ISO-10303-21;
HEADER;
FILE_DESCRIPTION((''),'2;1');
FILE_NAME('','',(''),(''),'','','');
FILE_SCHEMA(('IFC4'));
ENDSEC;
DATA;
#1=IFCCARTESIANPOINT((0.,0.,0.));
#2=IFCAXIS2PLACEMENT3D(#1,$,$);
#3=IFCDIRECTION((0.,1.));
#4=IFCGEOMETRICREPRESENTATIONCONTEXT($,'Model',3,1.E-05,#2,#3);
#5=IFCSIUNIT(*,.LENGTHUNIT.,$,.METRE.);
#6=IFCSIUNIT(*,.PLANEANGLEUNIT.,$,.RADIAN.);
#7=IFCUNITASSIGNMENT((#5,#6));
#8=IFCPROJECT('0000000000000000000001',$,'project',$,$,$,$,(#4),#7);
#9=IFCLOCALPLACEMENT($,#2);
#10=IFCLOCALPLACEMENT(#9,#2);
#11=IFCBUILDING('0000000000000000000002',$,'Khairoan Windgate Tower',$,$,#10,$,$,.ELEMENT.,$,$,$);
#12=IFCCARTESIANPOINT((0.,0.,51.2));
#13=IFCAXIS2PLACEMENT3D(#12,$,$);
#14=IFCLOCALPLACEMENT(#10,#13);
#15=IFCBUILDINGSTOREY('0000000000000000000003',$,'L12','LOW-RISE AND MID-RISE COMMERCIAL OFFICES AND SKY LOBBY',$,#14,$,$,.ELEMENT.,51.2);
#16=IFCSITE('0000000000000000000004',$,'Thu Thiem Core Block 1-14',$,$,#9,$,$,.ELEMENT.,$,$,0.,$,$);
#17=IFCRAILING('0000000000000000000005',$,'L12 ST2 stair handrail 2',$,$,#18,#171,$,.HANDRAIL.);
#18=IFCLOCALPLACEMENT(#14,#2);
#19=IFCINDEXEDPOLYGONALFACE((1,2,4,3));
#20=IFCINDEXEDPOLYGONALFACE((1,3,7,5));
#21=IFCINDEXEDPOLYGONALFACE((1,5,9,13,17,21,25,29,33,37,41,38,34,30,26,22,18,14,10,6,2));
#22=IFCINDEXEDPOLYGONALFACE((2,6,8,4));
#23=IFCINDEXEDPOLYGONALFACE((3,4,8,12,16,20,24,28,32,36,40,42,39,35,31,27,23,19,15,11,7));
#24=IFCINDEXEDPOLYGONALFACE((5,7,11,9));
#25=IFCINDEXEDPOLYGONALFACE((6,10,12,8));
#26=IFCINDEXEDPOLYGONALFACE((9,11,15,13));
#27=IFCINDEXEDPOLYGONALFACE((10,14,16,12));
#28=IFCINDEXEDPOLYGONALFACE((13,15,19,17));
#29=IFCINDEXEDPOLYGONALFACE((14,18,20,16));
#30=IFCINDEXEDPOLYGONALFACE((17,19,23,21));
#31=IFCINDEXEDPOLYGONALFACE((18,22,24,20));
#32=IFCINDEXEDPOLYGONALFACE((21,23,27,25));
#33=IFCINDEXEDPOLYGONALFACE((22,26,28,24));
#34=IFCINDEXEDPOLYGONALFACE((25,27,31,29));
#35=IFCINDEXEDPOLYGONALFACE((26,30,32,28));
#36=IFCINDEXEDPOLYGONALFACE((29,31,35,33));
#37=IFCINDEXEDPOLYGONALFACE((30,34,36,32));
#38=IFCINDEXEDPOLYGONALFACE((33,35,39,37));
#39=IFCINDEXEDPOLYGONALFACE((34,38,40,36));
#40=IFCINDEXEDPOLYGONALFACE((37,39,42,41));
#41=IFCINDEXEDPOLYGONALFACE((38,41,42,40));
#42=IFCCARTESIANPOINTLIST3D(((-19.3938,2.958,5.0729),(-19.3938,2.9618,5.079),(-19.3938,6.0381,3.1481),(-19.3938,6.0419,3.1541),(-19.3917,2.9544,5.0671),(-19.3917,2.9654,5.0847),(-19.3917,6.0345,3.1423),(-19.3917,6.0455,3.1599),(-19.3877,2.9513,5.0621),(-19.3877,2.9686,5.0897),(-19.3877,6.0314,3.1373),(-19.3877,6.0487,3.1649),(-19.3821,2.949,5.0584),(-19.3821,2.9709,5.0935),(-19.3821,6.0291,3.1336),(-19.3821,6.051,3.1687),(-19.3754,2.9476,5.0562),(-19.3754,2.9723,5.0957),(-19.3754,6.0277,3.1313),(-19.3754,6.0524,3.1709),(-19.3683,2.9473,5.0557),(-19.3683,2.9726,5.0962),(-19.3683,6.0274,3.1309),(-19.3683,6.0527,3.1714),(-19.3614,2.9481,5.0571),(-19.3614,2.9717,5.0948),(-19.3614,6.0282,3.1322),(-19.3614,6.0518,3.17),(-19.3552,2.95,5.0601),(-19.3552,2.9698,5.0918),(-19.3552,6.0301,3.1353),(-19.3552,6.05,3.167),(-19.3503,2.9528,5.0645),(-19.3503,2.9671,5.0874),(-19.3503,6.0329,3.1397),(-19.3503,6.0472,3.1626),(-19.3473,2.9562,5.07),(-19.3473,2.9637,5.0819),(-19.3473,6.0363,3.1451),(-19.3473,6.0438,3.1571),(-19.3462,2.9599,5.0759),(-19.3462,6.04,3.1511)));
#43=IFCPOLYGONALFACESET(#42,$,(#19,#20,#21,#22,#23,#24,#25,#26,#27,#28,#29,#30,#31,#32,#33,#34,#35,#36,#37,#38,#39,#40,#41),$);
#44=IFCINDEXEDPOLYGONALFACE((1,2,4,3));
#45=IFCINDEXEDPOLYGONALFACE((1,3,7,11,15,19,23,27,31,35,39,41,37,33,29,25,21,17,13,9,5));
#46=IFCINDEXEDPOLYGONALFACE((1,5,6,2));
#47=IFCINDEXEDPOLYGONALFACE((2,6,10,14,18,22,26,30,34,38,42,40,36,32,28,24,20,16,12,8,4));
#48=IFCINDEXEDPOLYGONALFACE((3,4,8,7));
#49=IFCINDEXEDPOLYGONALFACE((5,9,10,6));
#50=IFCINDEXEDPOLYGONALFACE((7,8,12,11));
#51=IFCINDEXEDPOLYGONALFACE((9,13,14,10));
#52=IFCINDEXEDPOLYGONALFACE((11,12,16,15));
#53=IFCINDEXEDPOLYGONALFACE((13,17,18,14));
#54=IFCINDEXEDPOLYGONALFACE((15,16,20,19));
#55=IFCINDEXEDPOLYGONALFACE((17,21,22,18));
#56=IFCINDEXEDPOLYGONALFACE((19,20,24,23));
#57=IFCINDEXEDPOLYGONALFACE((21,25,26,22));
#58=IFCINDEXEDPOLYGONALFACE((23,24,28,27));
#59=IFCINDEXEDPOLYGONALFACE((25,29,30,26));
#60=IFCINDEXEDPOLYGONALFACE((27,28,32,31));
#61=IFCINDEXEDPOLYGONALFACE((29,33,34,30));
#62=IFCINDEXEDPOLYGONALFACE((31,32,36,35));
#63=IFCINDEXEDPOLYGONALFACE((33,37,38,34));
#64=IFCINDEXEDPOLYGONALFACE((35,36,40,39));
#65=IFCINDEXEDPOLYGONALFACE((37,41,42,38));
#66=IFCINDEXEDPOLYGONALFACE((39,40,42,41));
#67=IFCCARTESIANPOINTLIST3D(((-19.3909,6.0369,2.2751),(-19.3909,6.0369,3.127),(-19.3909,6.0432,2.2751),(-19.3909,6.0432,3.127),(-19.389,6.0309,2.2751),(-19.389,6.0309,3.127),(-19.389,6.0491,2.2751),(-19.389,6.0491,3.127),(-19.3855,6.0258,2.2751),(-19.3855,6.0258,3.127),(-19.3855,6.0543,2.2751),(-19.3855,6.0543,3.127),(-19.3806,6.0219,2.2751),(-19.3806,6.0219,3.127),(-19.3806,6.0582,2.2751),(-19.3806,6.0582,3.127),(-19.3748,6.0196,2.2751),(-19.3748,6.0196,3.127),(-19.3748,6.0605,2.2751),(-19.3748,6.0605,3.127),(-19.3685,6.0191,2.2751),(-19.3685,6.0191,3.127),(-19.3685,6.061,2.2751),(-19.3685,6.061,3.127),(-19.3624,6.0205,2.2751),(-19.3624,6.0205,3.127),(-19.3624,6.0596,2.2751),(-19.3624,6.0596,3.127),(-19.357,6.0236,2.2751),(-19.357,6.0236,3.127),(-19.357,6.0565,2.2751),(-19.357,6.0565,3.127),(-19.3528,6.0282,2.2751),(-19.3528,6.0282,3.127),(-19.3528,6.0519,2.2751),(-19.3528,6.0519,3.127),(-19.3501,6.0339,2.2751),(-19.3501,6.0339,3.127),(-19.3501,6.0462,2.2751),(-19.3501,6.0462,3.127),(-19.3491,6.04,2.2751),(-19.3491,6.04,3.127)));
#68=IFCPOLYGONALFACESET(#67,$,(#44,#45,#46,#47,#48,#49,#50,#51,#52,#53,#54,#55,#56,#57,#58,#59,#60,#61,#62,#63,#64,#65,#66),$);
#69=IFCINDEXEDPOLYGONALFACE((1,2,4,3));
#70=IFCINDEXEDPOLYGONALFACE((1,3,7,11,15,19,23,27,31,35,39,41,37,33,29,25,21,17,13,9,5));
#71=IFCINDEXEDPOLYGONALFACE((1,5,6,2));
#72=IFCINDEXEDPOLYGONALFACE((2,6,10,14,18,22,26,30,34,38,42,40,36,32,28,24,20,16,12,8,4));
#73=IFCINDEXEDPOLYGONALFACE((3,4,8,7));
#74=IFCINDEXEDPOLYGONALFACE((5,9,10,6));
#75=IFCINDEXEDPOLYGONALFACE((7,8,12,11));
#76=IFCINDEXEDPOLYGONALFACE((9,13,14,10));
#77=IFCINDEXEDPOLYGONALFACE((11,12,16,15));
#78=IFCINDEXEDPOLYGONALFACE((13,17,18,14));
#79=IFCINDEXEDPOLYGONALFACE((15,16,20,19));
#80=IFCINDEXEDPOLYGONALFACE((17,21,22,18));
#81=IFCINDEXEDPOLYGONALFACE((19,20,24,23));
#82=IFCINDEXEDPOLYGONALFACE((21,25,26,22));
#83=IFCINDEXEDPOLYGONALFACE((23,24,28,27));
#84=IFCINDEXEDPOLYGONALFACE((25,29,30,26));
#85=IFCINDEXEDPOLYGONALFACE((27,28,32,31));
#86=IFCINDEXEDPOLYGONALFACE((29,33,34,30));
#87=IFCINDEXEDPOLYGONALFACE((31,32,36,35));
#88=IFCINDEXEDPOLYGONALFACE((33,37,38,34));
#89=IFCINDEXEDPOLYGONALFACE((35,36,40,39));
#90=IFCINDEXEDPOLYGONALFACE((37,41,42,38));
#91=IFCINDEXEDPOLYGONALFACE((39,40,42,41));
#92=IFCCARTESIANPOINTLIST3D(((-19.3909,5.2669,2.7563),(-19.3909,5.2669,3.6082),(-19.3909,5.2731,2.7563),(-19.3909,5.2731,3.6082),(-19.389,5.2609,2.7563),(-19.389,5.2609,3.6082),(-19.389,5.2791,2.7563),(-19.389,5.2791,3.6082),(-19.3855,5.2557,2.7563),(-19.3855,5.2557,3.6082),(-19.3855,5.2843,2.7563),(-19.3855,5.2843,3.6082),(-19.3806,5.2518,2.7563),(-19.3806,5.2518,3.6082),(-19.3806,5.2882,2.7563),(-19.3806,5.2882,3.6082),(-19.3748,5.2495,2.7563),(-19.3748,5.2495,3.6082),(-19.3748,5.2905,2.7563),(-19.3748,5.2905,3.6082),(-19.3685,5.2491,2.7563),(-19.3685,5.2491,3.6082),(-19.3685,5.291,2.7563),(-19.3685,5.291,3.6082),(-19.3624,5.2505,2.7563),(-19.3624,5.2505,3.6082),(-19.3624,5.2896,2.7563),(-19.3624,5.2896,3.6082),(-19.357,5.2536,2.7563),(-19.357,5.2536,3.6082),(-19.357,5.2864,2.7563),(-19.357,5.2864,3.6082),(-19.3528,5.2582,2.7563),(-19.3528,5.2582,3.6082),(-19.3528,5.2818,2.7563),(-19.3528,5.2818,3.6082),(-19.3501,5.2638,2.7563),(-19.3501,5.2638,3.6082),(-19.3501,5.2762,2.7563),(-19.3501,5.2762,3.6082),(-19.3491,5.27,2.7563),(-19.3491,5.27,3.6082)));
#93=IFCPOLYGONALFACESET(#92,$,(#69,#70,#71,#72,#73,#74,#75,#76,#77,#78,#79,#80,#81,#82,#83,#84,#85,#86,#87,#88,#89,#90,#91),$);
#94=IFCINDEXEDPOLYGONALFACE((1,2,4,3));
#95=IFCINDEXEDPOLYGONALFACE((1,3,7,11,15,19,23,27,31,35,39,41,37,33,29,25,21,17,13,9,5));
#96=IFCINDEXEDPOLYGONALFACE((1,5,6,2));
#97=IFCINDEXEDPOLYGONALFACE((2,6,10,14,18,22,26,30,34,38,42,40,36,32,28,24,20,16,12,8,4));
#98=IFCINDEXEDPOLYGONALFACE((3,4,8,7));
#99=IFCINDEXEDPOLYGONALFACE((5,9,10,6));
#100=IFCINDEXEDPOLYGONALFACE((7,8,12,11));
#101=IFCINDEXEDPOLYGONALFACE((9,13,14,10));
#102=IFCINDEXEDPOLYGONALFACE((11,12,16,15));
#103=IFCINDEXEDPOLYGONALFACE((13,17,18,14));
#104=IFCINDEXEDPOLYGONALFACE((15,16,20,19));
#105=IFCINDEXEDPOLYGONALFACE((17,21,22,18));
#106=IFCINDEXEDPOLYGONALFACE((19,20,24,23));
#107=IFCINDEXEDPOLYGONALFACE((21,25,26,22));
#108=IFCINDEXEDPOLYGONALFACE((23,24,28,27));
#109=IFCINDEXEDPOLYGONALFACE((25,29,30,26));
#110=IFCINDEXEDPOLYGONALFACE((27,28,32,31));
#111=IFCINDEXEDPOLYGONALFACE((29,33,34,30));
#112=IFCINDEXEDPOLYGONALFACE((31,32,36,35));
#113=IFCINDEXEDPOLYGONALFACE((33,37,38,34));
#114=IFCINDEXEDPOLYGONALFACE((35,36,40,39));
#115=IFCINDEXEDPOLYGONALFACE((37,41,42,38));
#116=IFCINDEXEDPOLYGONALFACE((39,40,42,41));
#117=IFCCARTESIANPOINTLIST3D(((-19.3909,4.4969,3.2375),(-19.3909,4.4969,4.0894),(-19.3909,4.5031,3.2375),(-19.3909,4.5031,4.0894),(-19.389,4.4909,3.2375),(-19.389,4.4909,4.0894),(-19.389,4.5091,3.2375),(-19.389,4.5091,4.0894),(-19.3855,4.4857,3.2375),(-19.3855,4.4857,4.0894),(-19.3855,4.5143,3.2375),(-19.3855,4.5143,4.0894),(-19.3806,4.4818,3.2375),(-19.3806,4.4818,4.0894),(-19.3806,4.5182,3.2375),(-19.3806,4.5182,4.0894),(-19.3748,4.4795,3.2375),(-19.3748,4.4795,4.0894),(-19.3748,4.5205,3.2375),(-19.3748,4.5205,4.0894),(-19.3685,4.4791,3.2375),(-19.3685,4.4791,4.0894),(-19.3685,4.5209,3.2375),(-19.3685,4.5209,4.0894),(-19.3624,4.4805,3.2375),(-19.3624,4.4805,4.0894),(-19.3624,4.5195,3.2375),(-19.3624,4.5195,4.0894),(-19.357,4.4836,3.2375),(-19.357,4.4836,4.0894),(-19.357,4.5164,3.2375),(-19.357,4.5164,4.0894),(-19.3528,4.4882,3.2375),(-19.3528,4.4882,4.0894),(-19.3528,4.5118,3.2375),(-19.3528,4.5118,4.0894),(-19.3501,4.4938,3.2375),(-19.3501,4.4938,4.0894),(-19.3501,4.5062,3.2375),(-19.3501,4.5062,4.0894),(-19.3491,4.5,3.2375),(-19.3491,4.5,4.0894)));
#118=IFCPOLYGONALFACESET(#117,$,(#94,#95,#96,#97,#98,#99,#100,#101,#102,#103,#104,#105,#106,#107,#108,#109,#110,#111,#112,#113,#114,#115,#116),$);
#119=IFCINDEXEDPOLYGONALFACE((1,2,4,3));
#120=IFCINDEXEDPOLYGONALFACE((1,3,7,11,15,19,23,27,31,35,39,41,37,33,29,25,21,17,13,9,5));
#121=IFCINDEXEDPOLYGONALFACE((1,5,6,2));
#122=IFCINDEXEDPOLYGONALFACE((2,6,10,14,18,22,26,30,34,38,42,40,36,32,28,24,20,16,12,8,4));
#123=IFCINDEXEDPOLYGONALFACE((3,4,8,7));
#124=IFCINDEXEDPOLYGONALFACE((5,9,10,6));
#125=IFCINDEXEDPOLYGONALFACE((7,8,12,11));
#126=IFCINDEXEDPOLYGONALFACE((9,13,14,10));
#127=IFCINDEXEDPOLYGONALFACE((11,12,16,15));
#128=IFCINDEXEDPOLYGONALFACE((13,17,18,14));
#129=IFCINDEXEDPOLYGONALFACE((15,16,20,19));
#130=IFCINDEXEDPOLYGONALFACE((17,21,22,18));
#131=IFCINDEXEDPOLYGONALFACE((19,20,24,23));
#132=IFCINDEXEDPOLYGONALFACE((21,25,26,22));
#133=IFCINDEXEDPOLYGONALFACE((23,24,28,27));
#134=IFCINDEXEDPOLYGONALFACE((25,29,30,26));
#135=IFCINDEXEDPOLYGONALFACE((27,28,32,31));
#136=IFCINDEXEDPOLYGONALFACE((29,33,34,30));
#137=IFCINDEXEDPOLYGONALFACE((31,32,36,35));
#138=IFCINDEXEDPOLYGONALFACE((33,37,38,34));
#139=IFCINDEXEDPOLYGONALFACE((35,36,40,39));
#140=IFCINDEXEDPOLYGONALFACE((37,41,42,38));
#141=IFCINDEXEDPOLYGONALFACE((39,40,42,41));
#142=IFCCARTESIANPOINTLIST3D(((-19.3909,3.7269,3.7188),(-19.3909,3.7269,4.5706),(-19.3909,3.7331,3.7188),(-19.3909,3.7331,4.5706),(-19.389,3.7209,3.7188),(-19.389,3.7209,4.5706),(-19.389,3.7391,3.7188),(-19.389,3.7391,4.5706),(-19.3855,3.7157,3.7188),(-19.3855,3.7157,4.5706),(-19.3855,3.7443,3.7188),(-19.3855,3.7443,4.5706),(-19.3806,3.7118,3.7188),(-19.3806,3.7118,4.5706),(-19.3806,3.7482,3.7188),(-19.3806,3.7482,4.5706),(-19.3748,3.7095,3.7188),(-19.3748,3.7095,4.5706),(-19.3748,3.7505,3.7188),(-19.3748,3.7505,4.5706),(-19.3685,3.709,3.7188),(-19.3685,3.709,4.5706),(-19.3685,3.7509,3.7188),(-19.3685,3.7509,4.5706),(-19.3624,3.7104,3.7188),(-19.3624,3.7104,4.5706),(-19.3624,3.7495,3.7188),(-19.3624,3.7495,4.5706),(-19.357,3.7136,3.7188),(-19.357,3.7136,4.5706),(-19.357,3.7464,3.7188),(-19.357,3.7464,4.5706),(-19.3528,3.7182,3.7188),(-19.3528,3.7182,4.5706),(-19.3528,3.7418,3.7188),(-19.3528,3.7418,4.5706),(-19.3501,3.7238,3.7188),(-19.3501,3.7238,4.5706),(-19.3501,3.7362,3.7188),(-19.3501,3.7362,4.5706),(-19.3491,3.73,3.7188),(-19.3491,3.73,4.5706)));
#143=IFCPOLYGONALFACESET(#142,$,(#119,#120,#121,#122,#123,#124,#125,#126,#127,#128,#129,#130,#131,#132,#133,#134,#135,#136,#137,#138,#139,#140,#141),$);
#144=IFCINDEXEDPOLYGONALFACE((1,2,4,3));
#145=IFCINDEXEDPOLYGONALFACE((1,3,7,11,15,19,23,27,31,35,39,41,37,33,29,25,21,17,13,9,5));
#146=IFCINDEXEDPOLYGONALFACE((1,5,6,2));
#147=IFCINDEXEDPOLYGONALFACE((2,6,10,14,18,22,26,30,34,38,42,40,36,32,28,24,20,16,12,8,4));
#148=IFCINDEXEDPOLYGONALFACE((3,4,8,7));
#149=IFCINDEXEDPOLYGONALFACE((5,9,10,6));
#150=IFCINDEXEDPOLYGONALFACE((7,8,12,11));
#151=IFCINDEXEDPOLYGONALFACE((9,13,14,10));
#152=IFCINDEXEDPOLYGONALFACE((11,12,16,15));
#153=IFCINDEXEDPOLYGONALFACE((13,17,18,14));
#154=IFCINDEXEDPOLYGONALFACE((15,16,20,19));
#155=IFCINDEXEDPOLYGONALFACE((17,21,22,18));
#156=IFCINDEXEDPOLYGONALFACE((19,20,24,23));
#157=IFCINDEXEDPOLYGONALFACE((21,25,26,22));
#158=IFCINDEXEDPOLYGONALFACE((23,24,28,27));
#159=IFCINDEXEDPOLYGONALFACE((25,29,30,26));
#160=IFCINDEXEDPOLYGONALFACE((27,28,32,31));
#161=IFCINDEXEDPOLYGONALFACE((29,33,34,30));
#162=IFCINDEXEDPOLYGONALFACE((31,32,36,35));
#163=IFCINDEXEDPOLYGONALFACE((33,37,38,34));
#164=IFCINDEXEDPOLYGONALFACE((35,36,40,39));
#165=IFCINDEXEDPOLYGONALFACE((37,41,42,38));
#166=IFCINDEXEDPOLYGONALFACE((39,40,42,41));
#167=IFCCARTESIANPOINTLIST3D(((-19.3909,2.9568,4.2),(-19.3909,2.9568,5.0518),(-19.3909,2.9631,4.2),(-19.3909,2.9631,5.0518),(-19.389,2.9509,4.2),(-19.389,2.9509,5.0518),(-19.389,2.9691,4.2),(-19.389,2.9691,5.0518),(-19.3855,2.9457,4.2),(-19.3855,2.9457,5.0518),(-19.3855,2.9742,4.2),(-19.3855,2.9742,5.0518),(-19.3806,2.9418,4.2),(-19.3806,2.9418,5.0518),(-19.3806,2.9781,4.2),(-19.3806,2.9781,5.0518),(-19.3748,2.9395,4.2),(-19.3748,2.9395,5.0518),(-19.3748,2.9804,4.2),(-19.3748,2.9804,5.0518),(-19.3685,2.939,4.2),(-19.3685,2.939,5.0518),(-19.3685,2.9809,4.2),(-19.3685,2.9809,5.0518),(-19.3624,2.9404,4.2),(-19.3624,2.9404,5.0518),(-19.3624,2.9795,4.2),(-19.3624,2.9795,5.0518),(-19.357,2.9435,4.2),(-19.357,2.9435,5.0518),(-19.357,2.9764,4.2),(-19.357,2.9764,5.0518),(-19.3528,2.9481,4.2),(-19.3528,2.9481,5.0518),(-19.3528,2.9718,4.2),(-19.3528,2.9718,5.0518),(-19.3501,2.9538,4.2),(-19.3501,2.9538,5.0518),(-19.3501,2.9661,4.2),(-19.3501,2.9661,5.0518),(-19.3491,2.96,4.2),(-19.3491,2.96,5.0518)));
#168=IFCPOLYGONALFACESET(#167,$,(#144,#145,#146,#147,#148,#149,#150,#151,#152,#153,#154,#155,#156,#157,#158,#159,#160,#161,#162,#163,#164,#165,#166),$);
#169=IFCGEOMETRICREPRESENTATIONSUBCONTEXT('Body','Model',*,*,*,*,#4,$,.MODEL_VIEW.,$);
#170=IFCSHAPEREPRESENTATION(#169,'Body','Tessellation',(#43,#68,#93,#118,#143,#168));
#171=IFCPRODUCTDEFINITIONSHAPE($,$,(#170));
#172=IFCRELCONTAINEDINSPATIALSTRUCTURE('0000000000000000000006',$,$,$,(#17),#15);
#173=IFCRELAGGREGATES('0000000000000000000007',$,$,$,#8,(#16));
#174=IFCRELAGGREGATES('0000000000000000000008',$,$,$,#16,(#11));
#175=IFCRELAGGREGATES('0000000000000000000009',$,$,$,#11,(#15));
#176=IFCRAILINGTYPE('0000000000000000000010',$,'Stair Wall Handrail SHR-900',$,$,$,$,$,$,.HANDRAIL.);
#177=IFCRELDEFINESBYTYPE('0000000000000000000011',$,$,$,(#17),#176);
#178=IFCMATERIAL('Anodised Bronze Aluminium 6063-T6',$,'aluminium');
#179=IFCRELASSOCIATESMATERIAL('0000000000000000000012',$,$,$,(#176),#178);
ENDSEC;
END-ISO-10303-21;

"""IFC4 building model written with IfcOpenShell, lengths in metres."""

from ifc_helpers import new_model, si_unit, direction, frame, origin, origin_2d, place, context, subcontext, project, spatial, circle, extrude, material, type_object, element, save


model = new_model("IFC4")

# Units and contexts
model_context = context("Model", 3, precision=1e-05, world=origin(), true_north=direction((0.0, 1.0)))
body_context = subcontext(model_context, "Body", "Model", "MODEL_VIEW")
ifc_project = project(units=[si_unit("LENGTHUNIT", "METRE"), si_unit("PLANEANGLEUNIT", "RADIAN")], contexts=[model_context])

# Site, building, storey
site_placement = place(None, origin())
site = spatial("IfcSite", under=ifc_project, at=site_placement, Name="Thu Thiem Core Block 1-14", CompositionType="ELEMENT", RefElevation=0.0)
building_placement = place(site_placement, origin())
building = spatial("IfcBuilding", under=site, at=building_placement, Name="Khairoan Windgate Tower", CompositionType="ELEMENT")
storey_placement = place(building_placement, frame((0.0, 0.0, 51.2)))
storey = spatial("IfcBuildingStorey", under=building, at=storey_placement, Name="L12", Description="LOW-RISE AND MID-RISE COMMERCIAL OFFICES AND SKY LOBBY", CompositionType="ELEMENT", Elevation=51.2)

# Railing
ifc_material_1 = material(Name="Anodised Bronze Aluminium 6063-T6", Category="aluminium")
railing_type_1 = type_object("IfcRailingType", Name="Stair Wall Handrail SHR-900", PredefinedType="HANDRAIL", material=ifc_material_1)
railing_1_placement = place(storey_placement, frame((-19.3701, 6.04, 2.2751)))
element("IfcRailing", 1, at=railing_1_placement, inside=storey, type_object=railing_type_1, Name="L12 ST2 stair handrail 2", PredefinedType="HANDRAIL", context=body_context, shape_type="SweptSolid", body=[
    extrude(circle(Radius=0.0239, at=origin_2d()), frame((0.0, 0.0, 0.876), z_axis=(0.0, -0.848029, 0.529951), x_axis=(1.0, 0.0, 0.0)), (0.0, 0.0, 1.0), 3.6321),
    extrude(circle(Radius=0.021, at=origin_2d()), origin(), (0.0, 0.0, 1.0), 0.8518),
    extrude(circle(Radius=0.021, at=origin_2d()), frame((0.0, -0.77, 0.4812)), (0.0, 0.0, 1.0), 0.8518),
    extrude(circle(Radius=0.021, at=origin_2d()), frame((0.0, -1.54, 0.9624)), (0.0, 0.0, 1.0), 0.8518),
    extrude(circle(Radius=0.021, at=origin_2d()), frame((0.0, -2.3101, 1.4436)), (0.0, 0.0, 1.0), 0.8518),
    extrude(circle(Radius=0.021, at=origin_2d()), frame((0.0, -3.0801, 1.9248)), (0.0, 0.0, 1.0), 0.8518),
])

save(model, "model.ifc")
